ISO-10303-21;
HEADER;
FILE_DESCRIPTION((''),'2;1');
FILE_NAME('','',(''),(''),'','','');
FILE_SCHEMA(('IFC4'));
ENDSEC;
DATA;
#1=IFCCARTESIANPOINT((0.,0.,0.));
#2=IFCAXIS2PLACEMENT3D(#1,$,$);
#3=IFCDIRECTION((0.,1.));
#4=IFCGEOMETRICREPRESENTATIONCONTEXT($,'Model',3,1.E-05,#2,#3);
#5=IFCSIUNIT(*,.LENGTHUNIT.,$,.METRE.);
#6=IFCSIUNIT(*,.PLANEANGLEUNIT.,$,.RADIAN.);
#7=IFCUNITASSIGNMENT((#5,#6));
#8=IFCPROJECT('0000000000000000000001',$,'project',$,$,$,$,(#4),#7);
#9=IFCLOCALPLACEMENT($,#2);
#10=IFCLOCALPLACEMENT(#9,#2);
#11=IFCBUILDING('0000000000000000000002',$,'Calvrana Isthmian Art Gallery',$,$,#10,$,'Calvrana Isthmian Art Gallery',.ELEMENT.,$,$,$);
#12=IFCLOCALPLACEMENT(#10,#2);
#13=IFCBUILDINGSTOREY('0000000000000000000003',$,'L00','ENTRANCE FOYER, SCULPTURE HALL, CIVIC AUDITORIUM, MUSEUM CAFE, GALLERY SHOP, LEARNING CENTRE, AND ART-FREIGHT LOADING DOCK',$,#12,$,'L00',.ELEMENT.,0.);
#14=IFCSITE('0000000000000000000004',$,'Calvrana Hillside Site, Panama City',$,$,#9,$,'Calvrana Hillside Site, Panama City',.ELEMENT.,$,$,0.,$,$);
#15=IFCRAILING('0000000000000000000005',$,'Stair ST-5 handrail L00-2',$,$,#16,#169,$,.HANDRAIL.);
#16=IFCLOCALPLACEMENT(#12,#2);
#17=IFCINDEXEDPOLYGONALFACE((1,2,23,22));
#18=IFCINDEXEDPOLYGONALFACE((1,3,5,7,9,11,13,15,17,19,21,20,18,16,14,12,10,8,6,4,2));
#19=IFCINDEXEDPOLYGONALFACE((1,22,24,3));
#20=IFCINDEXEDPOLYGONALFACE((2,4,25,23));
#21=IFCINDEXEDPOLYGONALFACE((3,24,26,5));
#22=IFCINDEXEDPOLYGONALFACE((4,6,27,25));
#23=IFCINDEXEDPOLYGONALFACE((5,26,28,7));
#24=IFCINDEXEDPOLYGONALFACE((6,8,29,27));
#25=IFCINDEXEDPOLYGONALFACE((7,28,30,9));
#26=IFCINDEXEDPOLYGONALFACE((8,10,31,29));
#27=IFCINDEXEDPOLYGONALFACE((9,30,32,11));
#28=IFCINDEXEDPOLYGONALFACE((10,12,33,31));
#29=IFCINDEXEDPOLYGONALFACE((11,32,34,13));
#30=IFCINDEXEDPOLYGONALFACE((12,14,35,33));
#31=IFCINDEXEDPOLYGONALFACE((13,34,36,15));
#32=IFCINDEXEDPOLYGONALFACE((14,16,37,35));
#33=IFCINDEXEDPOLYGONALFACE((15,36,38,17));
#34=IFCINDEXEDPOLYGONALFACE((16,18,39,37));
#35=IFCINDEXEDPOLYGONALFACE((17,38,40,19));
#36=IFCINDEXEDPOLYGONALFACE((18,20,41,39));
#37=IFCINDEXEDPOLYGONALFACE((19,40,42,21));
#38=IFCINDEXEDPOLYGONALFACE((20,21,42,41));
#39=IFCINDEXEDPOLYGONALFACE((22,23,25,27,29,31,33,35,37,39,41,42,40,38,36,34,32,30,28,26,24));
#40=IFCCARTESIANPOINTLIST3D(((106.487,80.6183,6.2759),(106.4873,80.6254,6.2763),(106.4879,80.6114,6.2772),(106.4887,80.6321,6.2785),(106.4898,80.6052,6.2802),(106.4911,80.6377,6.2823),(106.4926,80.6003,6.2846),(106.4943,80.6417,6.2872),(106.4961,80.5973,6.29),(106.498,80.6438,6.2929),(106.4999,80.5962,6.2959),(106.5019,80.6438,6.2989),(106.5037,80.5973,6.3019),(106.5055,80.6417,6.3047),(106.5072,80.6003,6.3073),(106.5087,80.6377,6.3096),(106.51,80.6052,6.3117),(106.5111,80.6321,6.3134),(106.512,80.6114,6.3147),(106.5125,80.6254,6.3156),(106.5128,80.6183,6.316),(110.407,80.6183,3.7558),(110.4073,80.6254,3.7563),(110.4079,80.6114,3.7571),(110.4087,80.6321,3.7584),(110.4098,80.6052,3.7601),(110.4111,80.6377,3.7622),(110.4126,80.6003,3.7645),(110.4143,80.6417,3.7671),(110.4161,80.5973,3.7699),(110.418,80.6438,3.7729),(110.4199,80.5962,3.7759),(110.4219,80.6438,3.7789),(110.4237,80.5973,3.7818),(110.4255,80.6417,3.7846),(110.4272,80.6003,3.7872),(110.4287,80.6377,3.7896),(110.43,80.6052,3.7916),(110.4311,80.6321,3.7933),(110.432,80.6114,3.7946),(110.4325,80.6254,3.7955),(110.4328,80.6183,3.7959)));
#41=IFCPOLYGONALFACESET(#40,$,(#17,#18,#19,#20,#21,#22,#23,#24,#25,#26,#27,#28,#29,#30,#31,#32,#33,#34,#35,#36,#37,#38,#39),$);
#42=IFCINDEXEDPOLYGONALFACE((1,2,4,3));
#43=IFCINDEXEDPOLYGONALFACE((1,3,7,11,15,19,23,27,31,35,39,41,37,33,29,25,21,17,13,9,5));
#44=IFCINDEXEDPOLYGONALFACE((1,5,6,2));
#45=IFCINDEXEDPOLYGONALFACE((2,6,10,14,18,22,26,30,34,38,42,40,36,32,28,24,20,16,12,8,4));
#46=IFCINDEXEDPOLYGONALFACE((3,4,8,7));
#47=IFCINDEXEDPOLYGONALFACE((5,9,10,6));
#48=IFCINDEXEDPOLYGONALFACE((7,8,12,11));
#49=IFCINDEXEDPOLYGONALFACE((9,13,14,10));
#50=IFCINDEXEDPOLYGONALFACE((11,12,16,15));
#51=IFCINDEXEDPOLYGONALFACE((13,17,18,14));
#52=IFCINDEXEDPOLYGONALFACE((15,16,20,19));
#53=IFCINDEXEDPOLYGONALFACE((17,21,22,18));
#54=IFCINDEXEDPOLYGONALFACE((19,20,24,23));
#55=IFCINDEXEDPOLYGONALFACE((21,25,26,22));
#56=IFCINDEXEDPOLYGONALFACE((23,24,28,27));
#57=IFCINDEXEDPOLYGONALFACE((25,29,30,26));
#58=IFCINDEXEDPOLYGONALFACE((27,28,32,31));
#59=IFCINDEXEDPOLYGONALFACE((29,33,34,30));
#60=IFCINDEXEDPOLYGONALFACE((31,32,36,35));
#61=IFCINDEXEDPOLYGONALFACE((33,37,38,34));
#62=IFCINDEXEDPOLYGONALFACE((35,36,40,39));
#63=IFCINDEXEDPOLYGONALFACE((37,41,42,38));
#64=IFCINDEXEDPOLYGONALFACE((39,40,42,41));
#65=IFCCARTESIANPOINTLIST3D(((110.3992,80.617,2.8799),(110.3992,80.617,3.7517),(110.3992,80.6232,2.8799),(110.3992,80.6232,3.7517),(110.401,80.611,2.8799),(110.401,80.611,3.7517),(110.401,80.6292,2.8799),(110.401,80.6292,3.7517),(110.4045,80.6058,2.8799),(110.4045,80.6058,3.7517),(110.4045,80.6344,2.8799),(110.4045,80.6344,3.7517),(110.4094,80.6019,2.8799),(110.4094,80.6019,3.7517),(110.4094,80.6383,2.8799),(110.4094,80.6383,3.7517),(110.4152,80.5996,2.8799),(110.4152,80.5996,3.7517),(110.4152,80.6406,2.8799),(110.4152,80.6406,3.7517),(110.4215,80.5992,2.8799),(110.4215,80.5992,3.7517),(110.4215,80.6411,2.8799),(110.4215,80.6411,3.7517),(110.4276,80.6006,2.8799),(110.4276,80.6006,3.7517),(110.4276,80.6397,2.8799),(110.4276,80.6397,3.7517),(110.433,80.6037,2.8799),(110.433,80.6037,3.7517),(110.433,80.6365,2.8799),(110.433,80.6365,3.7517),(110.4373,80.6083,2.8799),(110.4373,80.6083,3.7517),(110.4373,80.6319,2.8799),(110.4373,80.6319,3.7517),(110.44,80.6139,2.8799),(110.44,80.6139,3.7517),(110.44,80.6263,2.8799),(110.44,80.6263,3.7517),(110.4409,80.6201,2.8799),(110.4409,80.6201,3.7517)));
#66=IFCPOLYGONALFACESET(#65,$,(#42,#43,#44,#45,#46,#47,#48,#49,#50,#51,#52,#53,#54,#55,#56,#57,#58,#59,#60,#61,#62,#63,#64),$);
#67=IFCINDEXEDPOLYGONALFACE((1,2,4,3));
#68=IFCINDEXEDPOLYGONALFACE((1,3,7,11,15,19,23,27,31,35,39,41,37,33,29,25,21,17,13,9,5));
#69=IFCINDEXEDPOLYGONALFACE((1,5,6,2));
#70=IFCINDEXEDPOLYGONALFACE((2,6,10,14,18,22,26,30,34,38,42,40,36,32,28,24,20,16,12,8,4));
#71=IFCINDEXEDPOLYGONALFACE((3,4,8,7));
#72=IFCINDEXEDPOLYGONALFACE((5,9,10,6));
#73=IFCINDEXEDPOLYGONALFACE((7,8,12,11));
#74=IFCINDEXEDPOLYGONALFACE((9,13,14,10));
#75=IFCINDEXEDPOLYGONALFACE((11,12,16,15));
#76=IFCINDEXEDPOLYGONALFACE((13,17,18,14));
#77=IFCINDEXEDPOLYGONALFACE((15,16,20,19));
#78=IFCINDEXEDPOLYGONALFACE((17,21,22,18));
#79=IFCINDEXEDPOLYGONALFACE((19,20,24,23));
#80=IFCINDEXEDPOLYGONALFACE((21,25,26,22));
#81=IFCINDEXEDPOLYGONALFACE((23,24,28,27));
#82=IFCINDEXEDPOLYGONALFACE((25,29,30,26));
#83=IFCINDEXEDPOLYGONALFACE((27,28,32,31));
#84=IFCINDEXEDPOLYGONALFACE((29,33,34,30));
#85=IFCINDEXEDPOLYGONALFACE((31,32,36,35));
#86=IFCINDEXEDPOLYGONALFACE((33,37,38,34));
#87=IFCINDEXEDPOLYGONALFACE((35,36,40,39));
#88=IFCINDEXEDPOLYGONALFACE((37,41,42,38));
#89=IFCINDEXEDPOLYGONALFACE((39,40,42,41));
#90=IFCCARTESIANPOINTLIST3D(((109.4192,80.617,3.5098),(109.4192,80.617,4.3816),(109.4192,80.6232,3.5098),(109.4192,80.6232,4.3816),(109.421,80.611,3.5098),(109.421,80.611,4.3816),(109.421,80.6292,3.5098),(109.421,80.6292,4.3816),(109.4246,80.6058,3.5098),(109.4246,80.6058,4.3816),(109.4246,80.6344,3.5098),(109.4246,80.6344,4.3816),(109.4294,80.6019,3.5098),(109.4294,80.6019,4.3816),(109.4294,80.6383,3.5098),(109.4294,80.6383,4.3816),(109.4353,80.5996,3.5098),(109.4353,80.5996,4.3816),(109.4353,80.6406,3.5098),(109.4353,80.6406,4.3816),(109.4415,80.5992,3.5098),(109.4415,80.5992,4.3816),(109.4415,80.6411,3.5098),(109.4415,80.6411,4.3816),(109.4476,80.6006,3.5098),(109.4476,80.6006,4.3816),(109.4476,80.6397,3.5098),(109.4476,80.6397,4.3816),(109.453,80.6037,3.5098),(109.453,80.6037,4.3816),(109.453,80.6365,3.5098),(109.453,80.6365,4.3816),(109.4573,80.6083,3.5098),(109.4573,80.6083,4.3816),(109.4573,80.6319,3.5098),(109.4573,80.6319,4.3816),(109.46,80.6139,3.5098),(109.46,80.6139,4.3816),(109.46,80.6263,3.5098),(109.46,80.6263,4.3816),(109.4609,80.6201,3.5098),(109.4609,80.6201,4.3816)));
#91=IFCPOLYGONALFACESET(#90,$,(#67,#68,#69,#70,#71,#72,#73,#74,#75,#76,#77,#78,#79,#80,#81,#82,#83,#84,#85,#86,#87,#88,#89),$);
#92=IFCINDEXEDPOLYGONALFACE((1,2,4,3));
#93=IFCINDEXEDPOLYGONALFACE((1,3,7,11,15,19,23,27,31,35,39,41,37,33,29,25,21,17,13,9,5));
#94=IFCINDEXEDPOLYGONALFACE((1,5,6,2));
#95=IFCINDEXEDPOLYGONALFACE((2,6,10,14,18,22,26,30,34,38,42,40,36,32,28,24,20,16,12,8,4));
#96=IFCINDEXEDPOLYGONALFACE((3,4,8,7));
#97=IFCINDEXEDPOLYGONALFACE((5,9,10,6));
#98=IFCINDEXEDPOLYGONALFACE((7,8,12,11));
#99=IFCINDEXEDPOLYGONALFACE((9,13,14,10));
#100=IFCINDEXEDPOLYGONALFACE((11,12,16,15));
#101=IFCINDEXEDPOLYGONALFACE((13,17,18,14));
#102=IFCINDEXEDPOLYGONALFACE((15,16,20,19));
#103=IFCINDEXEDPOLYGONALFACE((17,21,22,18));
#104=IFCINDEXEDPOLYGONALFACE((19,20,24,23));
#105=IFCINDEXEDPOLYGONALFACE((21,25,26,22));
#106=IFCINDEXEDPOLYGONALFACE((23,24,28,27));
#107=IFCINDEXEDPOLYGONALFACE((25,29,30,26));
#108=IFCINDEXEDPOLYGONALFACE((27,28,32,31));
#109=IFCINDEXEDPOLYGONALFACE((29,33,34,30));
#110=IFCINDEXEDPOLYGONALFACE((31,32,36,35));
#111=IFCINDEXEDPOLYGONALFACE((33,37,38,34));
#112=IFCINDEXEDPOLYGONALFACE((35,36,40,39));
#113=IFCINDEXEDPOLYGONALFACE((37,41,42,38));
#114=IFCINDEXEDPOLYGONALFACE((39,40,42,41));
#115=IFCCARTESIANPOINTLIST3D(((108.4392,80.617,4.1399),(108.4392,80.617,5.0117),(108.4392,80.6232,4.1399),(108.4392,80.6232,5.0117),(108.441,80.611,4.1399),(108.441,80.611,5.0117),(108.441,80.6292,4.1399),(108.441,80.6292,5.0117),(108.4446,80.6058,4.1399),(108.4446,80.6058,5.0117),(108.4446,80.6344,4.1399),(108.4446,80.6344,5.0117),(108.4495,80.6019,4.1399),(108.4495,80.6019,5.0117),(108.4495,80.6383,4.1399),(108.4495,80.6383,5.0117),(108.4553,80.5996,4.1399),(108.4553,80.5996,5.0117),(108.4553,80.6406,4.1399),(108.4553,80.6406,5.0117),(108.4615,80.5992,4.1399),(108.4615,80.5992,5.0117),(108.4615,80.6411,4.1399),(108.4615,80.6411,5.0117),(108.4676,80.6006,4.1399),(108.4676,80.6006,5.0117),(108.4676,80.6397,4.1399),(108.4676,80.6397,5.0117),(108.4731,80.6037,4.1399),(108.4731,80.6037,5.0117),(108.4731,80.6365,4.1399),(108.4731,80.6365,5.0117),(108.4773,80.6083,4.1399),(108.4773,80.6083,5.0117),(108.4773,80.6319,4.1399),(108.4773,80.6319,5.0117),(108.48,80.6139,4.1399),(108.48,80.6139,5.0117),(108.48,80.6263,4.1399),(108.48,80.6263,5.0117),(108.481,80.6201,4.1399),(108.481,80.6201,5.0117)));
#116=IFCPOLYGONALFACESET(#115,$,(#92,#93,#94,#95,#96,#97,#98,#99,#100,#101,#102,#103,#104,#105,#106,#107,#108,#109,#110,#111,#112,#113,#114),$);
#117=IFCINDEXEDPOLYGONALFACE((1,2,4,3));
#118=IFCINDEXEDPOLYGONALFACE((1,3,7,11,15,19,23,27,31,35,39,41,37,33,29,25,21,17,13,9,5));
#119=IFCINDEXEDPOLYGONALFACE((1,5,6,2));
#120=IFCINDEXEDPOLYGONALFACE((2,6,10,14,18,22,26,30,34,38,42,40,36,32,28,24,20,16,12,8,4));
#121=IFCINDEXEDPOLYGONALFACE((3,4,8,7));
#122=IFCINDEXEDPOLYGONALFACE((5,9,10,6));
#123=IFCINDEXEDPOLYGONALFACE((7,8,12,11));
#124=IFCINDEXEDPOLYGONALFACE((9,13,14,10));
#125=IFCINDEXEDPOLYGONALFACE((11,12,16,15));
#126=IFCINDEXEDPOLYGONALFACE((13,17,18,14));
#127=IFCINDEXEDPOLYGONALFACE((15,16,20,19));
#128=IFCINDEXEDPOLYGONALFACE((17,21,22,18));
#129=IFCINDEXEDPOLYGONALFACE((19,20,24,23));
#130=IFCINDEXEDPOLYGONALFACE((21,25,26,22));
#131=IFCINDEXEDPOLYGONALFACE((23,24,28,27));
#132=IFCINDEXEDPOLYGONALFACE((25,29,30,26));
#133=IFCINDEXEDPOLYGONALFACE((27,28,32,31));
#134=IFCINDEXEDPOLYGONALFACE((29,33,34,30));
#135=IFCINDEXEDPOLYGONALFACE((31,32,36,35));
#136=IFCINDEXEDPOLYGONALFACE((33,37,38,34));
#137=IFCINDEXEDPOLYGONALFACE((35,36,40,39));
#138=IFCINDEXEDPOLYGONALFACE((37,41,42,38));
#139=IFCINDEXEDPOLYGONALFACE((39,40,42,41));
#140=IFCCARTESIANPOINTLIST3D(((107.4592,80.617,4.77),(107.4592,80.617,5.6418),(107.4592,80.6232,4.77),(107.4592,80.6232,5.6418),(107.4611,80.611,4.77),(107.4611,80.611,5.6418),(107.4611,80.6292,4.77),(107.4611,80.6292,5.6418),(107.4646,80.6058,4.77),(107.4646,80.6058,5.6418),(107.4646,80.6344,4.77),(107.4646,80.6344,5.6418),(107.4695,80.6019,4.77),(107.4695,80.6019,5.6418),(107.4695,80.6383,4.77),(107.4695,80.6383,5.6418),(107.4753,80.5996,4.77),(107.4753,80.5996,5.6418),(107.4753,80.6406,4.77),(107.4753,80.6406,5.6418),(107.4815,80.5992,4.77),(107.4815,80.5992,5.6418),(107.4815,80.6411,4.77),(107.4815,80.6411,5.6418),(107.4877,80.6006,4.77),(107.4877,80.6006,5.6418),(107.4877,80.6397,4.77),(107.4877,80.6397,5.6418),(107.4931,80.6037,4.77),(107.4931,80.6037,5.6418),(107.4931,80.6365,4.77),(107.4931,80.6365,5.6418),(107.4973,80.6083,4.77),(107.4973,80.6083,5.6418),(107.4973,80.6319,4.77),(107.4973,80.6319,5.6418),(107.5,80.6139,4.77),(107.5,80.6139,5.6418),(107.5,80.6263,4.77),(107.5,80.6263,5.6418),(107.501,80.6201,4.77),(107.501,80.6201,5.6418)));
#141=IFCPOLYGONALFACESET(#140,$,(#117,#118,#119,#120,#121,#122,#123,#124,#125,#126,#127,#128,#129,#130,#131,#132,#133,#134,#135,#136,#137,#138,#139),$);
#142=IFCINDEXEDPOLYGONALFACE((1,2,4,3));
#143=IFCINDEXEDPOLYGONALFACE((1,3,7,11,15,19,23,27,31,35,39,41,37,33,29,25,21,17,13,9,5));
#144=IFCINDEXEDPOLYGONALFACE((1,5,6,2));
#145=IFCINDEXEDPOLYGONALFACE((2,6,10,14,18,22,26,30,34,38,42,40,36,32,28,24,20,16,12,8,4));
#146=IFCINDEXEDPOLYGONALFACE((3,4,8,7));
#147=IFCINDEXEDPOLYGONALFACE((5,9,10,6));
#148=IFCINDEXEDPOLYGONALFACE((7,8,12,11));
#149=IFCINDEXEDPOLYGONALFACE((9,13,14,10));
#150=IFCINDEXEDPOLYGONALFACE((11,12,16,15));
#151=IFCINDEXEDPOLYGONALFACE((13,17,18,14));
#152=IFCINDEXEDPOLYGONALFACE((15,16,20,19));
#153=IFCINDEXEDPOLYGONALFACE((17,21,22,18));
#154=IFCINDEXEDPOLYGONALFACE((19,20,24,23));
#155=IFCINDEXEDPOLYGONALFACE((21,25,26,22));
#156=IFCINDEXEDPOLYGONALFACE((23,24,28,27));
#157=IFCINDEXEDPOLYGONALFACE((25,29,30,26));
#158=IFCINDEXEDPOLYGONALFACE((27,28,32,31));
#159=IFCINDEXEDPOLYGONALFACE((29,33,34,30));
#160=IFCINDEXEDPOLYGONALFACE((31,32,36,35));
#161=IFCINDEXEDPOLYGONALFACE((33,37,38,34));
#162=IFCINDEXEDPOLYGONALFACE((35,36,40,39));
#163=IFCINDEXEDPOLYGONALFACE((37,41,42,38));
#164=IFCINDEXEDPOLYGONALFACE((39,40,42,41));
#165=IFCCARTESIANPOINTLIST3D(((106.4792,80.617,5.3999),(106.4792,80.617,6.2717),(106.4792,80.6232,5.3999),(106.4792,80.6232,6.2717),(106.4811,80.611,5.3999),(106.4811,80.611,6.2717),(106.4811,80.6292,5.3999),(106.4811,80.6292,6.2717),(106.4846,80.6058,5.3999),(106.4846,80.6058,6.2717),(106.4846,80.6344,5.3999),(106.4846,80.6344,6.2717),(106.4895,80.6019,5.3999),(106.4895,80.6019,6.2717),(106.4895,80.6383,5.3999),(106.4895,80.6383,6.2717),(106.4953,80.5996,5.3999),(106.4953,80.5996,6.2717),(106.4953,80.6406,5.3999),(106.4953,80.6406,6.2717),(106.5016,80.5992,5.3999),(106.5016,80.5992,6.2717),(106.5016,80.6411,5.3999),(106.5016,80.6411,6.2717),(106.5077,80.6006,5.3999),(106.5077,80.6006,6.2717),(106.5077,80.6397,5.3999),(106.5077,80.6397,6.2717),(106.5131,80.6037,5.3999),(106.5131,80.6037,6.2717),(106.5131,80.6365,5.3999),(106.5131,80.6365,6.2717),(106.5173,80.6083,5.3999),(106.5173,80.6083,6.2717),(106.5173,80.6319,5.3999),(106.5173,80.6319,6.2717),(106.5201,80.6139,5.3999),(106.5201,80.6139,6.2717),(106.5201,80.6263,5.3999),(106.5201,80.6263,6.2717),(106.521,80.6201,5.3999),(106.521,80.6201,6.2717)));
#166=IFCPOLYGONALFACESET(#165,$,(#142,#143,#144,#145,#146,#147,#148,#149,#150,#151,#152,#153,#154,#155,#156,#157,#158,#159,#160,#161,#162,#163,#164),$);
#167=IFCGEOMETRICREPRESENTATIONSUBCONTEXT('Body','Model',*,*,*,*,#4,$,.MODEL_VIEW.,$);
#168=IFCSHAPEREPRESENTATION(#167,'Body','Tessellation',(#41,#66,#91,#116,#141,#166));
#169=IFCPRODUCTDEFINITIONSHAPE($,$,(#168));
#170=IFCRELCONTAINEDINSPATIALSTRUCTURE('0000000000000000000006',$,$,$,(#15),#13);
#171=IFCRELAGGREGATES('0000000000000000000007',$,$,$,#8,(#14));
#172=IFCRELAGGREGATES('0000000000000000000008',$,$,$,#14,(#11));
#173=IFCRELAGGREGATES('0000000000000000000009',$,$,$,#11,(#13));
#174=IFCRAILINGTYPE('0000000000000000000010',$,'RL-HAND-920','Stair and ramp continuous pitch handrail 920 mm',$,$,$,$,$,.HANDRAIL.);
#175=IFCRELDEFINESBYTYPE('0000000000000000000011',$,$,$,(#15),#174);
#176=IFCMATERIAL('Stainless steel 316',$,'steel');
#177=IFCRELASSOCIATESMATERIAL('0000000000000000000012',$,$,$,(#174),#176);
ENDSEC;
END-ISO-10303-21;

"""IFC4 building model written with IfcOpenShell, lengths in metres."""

from ifc_helpers import new_model, si_unit, direction, frame, origin, origin_2d, place, context, subcontext, project, spatial, circle, extrude, material, type_object, element, save


model = new_model("IFC4")

# Units and contexts
model_context = context("Model", 3, precision=1e-05, world=origin(), true_north=direction((0.0, 1.0)))
body_context = subcontext(model_context, "Body", "Model", "MODEL_VIEW")
ifc_project = project(units=[si_unit("LENGTHUNIT", "METRE"), si_unit("PLANEANGLEUNIT", "RADIAN")], contexts=[model_context])

# Site, building, storey
site_placement = place(None, origin())
site = spatial("IfcSite", under=ifc_project, at=site_placement, Name="Calvrana Hillside Site, Panama City", LongName="Calvrana Hillside Site, Panama City", CompositionType="ELEMENT", RefElevation=0.0)
building_placement = place(site_placement, origin())
building = spatial("IfcBuilding", under=site, at=building_placement, Name="Calvrana Isthmian Art Gallery", LongName="Calvrana Isthmian Art Gallery", CompositionType="ELEMENT")
storey_placement = place(building_placement, origin())
storey = spatial("IfcBuildingStorey", under=building, at=storey_placement, Name="L00", Description="ENTRANCE FOYER, SCULPTURE HALL, CIVIC AUDITORIUM, MUSEUM CAFE, GALLERY SHOP, LEARNING CENTRE, AND ART-FREIGHT LOADING DOCK", LongName="L00", CompositionType="ELEMENT", Elevation=0.0)

# Railing
ifc_material_1 = material(Name="Stainless steel 316", Category="steel")
railing_type_1 = type_object("IfcRailingType", Name="RL-HAND-920", Description="Stair and ramp continuous pitch handrail 920 mm", PredefinedType="HANDRAIL", material=ifc_material_1)
railing_1_placement = place(storey_placement, frame((110.4199, 80.6201, 2.8799)))
element("IfcRailing", 1, at=railing_1_placement, inside=storey, type_object=railing_type_1, Name="Stair ST-5 handrail L00-2", PredefinedType="HANDRAIL", context=body_context, shape_type="SweptSolid", body=[
    extrude(circle(Radius=0.0239, at=origin_2d()), frame((0.0, 0.0, 0.896), z_axis=(-0.841172, 0.0, 0.540768), x_axis=(0.0, -1.0, 0.0)), (0.0, 0.0, 1.0), 4.6602),
    extrude(circle(Radius=0.021, at=origin_2d()), origin(), (0.0, 0.0, 1.0), 0.8718),
    extrude(circle(Radius=0.021, at=origin_2d()), frame((-0.98, 0.0, 0.6299)), (0.0, 0.0, 1.0), 0.8718),
    extrude(circle(Radius=0.021, at=origin_2d()), frame((-1.96, 0.0, 1.26)), (0.0, 0.0, 1.0), 0.8718),
    extrude(circle(Radius=0.021, at=origin_2d()), frame((-2.9399, 0.0, 1.8901)), (0.0, 0.0, 1.0), 0.8718),
    extrude(circle(Radius=0.021, at=origin_2d()), frame((-3.9199, 0.0, 2.52)), (0.0, 0.0, 1.0), 0.8718),
])

save(model, "model.ifc")
